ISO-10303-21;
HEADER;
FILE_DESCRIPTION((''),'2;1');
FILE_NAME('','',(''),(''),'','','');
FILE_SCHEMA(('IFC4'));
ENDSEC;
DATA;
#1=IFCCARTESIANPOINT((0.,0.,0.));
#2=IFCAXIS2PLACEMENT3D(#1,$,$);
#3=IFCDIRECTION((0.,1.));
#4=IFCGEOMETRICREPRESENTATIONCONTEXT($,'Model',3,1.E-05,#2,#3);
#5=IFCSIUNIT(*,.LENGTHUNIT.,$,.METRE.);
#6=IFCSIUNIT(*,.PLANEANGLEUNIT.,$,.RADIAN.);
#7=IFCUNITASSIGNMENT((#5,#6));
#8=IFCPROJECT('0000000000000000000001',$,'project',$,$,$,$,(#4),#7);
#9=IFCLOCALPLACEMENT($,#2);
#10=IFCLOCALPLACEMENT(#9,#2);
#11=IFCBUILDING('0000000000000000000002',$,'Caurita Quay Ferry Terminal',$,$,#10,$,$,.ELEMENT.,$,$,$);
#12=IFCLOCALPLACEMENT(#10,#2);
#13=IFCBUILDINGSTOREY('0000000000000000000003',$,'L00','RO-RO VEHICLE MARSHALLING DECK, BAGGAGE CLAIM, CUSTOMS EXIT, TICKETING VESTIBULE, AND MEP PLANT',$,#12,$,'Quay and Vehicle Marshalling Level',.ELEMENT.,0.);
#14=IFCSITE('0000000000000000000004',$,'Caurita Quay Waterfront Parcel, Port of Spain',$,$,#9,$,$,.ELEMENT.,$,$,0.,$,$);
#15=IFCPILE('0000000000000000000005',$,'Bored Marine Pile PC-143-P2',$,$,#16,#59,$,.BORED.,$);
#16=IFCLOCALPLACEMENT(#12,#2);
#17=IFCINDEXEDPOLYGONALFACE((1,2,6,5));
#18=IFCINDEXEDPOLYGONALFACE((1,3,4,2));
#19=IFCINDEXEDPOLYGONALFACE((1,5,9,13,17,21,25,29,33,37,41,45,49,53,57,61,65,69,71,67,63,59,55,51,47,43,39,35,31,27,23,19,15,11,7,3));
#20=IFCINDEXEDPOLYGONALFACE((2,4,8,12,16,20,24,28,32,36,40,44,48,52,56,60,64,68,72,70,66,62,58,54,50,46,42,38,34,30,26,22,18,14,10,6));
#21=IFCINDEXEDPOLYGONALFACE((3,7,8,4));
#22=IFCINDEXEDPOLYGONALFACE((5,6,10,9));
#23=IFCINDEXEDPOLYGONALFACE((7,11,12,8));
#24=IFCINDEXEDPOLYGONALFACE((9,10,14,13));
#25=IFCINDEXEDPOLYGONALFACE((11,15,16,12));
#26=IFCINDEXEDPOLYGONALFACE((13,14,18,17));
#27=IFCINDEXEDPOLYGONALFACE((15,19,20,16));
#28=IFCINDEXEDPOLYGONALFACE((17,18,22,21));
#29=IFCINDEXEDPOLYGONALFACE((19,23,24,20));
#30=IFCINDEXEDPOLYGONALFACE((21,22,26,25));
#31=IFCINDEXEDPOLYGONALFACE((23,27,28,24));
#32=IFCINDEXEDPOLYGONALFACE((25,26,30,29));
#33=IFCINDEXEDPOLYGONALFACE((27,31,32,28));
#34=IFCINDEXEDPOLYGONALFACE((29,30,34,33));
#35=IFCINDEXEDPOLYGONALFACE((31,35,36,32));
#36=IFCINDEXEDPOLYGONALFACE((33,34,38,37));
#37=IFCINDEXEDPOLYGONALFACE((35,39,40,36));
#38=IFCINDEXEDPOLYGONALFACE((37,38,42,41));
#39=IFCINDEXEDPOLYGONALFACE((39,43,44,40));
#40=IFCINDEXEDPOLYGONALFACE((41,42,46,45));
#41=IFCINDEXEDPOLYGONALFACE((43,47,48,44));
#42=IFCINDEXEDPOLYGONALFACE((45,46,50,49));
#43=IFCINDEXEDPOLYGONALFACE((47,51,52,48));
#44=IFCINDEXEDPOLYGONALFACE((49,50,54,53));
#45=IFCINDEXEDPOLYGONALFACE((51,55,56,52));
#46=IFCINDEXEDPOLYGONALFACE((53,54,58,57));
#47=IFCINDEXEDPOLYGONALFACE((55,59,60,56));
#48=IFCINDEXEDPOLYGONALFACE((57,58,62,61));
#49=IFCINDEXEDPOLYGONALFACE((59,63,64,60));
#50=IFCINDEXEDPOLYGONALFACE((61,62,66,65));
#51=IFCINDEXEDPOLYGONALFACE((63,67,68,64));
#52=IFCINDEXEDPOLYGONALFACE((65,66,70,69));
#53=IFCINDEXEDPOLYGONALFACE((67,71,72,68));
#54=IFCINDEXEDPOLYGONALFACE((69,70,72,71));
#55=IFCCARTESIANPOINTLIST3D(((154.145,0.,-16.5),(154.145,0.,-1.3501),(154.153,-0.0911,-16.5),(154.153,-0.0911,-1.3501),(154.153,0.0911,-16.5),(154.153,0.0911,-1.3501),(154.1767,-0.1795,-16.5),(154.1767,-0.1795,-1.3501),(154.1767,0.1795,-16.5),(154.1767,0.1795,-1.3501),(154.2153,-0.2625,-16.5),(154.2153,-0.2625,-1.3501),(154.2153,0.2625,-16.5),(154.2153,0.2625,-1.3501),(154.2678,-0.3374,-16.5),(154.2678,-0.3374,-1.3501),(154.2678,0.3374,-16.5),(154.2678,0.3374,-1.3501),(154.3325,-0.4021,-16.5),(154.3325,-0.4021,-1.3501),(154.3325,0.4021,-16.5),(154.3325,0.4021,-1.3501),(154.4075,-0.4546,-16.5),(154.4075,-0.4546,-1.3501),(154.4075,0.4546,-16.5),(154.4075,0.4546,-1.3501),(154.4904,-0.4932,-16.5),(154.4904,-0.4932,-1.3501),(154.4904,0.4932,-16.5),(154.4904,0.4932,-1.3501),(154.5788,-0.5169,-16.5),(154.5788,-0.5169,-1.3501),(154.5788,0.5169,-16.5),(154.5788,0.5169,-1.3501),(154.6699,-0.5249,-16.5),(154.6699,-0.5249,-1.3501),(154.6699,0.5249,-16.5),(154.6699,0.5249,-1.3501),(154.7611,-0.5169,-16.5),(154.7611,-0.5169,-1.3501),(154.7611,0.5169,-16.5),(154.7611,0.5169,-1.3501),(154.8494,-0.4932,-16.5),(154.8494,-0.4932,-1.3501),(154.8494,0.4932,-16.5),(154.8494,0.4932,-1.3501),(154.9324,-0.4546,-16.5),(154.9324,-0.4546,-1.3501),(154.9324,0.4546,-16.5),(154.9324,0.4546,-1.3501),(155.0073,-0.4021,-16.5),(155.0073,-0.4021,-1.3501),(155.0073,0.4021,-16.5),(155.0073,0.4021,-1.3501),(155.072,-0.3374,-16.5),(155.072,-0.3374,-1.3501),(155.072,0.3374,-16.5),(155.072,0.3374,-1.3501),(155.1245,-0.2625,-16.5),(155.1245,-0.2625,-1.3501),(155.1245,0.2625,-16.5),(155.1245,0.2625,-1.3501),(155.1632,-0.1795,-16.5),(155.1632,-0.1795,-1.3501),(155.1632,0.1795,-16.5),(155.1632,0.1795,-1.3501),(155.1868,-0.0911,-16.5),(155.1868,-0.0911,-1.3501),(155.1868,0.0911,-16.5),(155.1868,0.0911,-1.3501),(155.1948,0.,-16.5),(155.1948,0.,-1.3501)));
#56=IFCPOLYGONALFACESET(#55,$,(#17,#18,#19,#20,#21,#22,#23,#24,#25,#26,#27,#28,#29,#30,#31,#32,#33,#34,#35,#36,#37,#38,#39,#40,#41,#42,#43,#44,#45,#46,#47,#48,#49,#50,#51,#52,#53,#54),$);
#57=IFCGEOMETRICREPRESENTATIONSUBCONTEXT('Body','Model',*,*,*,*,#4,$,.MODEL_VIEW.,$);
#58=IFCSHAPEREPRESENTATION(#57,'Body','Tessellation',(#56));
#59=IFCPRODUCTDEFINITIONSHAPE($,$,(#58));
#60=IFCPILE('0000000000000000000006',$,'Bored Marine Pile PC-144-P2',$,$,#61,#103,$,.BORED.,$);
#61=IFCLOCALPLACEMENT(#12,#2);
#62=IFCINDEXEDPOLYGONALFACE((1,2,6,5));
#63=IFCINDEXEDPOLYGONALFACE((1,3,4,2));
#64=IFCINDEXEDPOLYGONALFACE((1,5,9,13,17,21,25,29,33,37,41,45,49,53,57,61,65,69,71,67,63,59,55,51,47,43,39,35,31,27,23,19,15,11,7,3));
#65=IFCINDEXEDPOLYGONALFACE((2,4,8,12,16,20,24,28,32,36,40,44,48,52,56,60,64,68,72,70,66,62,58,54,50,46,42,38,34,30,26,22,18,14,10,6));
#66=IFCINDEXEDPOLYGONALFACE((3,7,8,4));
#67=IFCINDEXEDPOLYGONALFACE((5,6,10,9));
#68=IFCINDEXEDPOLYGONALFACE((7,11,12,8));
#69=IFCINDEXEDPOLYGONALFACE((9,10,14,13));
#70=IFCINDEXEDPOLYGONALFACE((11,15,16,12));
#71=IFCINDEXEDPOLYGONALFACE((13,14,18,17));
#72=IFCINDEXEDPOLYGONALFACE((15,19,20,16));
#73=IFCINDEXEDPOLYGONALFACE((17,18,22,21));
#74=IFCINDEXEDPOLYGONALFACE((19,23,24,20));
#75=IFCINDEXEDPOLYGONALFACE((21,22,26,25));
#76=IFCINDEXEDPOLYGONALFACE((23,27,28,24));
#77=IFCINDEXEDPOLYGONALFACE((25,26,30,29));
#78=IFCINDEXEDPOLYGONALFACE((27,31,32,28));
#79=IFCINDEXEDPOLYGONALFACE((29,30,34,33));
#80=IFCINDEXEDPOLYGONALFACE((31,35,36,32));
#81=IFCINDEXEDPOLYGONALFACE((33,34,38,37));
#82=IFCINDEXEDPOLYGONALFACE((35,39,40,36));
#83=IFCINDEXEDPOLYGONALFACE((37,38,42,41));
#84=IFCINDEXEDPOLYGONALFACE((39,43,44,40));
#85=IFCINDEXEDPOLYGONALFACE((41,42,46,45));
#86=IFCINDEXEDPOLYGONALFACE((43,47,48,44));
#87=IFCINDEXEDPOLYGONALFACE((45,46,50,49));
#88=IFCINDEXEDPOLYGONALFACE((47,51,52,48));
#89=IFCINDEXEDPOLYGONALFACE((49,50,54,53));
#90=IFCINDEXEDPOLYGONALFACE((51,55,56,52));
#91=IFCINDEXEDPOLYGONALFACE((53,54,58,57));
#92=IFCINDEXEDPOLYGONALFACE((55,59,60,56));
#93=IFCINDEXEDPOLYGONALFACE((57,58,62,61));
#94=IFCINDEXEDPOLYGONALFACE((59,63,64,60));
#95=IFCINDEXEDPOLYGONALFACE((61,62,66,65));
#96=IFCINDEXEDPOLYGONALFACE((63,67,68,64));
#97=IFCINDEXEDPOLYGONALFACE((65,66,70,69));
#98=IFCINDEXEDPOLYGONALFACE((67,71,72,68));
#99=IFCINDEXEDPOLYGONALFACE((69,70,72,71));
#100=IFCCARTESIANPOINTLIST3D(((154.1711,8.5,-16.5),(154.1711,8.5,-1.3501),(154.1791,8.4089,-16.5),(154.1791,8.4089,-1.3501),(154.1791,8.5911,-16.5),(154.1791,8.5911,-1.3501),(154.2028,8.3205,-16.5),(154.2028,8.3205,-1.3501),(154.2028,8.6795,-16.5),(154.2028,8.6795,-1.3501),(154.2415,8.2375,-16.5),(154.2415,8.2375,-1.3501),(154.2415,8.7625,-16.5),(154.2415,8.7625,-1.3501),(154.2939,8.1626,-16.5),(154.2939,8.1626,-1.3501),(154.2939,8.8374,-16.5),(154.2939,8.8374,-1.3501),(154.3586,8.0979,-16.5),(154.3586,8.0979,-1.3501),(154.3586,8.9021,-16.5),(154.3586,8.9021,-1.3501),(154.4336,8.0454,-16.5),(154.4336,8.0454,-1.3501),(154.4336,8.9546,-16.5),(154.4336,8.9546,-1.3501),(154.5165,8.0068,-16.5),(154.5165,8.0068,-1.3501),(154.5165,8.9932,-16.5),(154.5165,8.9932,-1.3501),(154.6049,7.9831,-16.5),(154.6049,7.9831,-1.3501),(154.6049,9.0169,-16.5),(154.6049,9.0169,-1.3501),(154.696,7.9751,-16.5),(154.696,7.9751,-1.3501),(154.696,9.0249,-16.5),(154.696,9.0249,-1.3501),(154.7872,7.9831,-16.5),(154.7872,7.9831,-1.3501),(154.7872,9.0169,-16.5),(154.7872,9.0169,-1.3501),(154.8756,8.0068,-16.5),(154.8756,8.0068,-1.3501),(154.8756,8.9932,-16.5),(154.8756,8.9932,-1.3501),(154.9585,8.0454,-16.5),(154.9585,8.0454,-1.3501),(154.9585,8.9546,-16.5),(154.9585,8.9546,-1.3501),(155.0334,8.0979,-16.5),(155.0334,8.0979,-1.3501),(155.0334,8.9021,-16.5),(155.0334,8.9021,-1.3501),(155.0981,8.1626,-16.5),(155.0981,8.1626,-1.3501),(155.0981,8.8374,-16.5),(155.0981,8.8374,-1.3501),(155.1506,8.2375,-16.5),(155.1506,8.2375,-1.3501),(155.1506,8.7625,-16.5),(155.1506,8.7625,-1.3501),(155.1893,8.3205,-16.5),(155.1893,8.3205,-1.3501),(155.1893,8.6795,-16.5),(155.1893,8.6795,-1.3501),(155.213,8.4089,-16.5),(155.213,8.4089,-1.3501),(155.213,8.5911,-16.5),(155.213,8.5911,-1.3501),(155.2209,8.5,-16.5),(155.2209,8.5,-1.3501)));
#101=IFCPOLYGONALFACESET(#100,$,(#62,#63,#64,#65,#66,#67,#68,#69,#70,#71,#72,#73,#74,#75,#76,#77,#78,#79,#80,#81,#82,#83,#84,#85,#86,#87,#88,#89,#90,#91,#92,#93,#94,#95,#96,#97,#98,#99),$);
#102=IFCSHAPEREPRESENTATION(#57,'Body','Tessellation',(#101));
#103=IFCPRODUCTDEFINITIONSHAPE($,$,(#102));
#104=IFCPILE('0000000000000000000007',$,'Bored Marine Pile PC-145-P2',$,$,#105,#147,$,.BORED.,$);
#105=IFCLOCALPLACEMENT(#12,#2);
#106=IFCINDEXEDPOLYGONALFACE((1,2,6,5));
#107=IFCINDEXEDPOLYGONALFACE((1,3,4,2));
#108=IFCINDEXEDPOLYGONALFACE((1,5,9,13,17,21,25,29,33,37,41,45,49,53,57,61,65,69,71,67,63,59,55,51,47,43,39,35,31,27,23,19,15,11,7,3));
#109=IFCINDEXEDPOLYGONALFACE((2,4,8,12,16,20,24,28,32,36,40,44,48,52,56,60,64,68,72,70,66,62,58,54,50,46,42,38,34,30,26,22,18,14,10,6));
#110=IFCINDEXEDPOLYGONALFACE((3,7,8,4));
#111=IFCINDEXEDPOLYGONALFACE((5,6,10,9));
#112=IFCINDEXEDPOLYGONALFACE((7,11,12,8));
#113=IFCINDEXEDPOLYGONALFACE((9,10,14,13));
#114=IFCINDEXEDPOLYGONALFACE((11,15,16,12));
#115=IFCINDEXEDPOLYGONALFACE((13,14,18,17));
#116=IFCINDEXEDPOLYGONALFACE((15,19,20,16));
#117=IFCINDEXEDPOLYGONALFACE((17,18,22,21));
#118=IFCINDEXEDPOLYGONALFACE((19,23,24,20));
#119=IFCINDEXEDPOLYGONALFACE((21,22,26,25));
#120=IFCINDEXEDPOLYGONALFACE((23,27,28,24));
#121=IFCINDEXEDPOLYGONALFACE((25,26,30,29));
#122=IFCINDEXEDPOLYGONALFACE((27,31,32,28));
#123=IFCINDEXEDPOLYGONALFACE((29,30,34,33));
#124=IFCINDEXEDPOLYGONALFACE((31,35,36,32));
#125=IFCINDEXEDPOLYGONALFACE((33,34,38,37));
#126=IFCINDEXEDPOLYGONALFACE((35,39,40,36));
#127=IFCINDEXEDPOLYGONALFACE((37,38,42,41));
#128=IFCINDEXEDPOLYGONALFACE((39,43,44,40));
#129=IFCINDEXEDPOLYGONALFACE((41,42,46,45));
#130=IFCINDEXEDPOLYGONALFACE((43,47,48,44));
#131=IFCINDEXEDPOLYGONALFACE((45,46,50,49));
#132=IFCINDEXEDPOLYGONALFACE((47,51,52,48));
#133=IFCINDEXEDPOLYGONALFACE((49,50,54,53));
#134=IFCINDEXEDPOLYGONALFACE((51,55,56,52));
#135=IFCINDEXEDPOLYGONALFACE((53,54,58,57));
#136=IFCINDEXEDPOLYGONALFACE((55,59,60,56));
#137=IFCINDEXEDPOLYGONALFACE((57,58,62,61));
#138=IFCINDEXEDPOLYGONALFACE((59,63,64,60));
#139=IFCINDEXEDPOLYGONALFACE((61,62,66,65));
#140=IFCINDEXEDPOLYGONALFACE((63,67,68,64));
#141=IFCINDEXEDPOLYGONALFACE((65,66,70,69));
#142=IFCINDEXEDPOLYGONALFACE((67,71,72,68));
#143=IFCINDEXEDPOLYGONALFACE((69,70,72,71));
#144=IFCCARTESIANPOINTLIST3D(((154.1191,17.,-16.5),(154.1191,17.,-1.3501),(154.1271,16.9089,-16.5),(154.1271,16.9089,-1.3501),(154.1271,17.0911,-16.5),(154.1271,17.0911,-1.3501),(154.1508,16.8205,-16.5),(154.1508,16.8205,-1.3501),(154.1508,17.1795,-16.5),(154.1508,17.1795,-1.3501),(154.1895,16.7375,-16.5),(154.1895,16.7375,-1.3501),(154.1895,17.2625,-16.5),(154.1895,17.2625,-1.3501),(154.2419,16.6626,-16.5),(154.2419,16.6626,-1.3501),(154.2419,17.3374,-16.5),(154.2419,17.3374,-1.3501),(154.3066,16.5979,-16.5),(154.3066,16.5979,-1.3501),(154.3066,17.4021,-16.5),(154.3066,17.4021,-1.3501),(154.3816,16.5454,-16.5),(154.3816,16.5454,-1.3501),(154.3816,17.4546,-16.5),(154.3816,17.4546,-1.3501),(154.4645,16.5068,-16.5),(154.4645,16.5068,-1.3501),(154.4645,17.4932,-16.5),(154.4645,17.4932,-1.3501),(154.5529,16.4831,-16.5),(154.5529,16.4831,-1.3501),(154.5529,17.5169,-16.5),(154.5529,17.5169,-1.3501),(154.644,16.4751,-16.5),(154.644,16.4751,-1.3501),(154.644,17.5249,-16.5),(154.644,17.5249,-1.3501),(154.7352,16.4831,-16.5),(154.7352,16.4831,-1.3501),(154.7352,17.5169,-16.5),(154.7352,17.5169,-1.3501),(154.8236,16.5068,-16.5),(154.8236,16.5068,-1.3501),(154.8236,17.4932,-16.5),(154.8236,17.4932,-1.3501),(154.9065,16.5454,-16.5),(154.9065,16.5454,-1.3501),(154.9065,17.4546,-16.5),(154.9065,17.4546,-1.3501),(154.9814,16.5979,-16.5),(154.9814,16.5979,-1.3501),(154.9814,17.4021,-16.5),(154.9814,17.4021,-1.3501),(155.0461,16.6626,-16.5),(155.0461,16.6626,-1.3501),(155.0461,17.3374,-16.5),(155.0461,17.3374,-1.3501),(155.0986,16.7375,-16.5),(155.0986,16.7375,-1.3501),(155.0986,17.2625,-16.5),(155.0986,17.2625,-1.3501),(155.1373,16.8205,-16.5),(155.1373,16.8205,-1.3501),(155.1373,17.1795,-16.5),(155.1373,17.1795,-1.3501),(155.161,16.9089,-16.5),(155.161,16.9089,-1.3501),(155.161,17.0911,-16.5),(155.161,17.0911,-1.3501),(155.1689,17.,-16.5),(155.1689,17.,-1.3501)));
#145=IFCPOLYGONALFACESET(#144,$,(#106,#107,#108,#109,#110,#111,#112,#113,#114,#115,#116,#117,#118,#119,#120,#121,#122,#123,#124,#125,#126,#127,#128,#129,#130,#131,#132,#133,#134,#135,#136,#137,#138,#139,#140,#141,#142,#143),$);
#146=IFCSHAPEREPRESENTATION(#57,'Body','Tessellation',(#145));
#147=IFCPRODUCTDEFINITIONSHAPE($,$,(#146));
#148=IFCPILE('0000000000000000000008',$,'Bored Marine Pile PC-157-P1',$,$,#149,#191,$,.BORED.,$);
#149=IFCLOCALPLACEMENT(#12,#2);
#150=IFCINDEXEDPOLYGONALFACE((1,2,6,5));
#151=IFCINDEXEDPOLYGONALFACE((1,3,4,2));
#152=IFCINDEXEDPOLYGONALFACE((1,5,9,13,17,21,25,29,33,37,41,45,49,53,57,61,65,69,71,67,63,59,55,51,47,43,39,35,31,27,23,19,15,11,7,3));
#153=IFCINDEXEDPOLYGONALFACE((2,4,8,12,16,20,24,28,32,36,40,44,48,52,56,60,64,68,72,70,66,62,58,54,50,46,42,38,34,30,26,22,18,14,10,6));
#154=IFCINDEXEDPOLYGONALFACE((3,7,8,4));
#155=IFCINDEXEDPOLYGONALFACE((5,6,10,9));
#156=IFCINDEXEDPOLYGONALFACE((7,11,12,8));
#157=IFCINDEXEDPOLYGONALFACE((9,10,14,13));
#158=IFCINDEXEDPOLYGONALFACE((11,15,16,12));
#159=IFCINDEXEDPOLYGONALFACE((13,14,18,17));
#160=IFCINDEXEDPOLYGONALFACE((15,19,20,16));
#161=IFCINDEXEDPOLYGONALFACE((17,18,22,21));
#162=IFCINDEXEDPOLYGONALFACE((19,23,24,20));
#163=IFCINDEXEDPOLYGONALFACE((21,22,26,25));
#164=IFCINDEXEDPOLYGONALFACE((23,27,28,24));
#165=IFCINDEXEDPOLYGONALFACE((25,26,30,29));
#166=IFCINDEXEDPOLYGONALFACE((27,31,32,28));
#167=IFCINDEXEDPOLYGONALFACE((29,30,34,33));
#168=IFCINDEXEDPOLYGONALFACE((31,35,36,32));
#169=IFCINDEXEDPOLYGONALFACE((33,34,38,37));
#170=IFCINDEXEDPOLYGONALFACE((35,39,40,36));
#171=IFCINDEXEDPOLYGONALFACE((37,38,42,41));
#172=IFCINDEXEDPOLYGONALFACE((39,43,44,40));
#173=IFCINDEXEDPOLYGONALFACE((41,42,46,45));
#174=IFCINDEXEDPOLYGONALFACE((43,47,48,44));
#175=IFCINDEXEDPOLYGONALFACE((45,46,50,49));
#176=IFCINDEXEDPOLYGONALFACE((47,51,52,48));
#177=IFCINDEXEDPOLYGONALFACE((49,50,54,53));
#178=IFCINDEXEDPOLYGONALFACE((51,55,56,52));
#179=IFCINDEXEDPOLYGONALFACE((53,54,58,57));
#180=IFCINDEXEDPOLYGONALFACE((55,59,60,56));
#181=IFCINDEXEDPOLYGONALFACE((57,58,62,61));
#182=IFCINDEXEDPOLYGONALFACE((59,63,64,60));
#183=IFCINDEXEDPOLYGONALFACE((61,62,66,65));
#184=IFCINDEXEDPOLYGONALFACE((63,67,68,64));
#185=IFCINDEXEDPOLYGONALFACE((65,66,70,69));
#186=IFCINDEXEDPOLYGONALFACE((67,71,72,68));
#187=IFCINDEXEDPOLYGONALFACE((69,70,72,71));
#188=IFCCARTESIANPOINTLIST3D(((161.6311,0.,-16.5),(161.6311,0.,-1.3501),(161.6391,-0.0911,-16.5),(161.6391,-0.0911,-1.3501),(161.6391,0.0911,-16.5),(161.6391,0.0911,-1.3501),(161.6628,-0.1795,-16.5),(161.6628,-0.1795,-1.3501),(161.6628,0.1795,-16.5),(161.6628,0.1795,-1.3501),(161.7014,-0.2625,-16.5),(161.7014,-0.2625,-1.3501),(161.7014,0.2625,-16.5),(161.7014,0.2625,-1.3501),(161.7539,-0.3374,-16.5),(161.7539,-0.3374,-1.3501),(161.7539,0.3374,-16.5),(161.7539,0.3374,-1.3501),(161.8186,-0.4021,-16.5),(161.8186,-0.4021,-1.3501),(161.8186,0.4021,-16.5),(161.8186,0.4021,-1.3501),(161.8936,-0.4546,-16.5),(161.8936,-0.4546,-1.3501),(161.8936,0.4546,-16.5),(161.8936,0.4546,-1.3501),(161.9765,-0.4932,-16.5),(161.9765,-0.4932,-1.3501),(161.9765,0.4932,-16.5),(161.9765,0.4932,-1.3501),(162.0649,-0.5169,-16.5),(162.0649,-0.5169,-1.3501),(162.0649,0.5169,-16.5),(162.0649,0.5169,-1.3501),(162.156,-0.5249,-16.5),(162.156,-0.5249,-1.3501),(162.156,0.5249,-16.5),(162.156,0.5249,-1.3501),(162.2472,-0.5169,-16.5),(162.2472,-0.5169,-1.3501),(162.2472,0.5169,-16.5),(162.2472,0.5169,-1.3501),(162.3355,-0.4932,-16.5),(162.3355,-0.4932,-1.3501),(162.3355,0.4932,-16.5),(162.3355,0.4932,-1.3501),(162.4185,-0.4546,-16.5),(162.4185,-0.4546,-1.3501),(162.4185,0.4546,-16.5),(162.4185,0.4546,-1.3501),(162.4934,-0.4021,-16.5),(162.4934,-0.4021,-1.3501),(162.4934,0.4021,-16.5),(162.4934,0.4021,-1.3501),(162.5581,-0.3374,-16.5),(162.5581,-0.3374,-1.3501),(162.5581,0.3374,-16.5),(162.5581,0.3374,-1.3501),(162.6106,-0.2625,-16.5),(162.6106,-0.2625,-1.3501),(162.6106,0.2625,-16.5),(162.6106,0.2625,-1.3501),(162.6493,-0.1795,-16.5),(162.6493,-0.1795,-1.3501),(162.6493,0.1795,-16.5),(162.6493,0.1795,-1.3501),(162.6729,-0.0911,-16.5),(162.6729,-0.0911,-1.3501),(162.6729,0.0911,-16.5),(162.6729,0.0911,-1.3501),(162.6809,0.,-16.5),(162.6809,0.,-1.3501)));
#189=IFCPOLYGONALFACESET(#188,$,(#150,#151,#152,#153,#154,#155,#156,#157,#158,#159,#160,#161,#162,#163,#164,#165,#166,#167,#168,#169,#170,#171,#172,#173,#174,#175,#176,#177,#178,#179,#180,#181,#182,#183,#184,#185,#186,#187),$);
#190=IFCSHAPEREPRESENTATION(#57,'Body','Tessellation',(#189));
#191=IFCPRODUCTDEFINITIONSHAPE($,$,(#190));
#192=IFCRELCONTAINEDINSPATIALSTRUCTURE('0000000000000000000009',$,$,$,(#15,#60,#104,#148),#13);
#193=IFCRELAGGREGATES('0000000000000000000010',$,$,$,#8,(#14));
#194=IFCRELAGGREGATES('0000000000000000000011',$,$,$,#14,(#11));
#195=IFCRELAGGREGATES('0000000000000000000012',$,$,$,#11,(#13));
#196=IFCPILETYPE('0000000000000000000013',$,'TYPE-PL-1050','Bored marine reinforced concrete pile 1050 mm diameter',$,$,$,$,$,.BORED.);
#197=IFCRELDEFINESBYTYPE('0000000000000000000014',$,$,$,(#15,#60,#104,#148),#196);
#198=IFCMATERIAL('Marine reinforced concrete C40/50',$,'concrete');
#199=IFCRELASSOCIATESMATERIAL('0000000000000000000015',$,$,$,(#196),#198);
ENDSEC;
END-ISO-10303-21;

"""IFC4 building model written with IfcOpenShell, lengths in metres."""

from ifc_helpers import new_model, si_unit, direction, frame, origin, origin_2d, place, context, subcontext, project, spatial, circle, extrude, material, material_profile, profile_set, type_object, element, save


model = new_model("IFC4")

# Units and contexts
model_context = context("Model", 3, precision=1e-05, world=origin(), true_north=direction((0.0, 1.0)))
body_context = subcontext(model_context, "Body", "Model", "MODEL_VIEW")
ifc_project = project(units=[si_unit("LENGTHUNIT", "METRE"), si_unit("PLANEANGLEUNIT", "RADIAN")], contexts=[model_context])

# Site, building, storey
site_placement = place(None, origin())
site = spatial("IfcSite", under=ifc_project, at=site_placement, Name="Caurita Quay Waterfront Parcel, Port of Spain", CompositionType="ELEMENT", RefElevation=0.0)
building_placement = place(site_placement, origin())
building = spatial("IfcBuilding", under=site, at=building_placement, Name="Caurita Quay Ferry Terminal", CompositionType="ELEMENT")
storey_placement = place(building_placement, origin())
storey = spatial("IfcBuildingStorey", under=building, at=storey_placement, Name="L00", Description="RO-RO VEHICLE MARSHALLING DECK, BAGGAGE CLAIM, CUSTOMS EXIT, TICKETING VESTIBULE, AND MEP PLANT", LongName="Quay and Vehicle Marshalling Level", CompositionType="ELEMENT", Elevation=0.0)

# Piles
ifc_material_1 = material(Name="Marine reinforced concrete C40/50", Category="concrete")
ifc_material_profile_1 = material_profile(ifc_material_1, circle(Radius=0.5249, at=origin_2d()), Name="PILE-D1050")
ifc_profile_set_1 = profile_set([ifc_material_profile_1], Name="Marine reinforced concrete C40/50")
pile_type = type_object("IfcPileType", Name="TYPE-PL-1050", Description="Bored marine reinforced concrete pile 1050 mm diameter", PredefinedType="BORED", material=ifc_profile_set_1)
for number, where, z_axis, x_axis, name in (
    (1, (154.6699, 0.0, -1.3501), (0.0, 0.0, -1.0), (1.0, 0.0, 0.0), "Bored Marine Pile PC-143-P2"),
    (2, (154.696, 8.5, -1.3501), (0.0, 0.0, -1.0), (1.0, 0.0, 0.0), "Bored Marine Pile PC-144-P2"),
    (3, (154.644, 17.0, -1.3501), (0.0, 0.0, -1.0), (1.0, 0.0, 0.0), "Bored Marine Pile PC-145-P2"),
    (4, (162.156, 0.0, -1.3501), (0.0, 0.0, -1.0), (1.0, 0.0, 0.0), "Bored Marine Pile PC-157-P1"),
):
    element("IfcPile", number, at=place(storey_placement, frame(where, z_axis=z_axis, x_axis=x_axis)), inside=storey, type_object=pile_type, Name=name, PredefinedType="BORED", context=body_context, shape_type="SweptSolid", body=[
        extrude(circle(Radius=0.5249, at=origin_2d()), origin(), (0.0, 0.0, 1.0), 15.1499),
    ])

save(model, "model.ifc")
